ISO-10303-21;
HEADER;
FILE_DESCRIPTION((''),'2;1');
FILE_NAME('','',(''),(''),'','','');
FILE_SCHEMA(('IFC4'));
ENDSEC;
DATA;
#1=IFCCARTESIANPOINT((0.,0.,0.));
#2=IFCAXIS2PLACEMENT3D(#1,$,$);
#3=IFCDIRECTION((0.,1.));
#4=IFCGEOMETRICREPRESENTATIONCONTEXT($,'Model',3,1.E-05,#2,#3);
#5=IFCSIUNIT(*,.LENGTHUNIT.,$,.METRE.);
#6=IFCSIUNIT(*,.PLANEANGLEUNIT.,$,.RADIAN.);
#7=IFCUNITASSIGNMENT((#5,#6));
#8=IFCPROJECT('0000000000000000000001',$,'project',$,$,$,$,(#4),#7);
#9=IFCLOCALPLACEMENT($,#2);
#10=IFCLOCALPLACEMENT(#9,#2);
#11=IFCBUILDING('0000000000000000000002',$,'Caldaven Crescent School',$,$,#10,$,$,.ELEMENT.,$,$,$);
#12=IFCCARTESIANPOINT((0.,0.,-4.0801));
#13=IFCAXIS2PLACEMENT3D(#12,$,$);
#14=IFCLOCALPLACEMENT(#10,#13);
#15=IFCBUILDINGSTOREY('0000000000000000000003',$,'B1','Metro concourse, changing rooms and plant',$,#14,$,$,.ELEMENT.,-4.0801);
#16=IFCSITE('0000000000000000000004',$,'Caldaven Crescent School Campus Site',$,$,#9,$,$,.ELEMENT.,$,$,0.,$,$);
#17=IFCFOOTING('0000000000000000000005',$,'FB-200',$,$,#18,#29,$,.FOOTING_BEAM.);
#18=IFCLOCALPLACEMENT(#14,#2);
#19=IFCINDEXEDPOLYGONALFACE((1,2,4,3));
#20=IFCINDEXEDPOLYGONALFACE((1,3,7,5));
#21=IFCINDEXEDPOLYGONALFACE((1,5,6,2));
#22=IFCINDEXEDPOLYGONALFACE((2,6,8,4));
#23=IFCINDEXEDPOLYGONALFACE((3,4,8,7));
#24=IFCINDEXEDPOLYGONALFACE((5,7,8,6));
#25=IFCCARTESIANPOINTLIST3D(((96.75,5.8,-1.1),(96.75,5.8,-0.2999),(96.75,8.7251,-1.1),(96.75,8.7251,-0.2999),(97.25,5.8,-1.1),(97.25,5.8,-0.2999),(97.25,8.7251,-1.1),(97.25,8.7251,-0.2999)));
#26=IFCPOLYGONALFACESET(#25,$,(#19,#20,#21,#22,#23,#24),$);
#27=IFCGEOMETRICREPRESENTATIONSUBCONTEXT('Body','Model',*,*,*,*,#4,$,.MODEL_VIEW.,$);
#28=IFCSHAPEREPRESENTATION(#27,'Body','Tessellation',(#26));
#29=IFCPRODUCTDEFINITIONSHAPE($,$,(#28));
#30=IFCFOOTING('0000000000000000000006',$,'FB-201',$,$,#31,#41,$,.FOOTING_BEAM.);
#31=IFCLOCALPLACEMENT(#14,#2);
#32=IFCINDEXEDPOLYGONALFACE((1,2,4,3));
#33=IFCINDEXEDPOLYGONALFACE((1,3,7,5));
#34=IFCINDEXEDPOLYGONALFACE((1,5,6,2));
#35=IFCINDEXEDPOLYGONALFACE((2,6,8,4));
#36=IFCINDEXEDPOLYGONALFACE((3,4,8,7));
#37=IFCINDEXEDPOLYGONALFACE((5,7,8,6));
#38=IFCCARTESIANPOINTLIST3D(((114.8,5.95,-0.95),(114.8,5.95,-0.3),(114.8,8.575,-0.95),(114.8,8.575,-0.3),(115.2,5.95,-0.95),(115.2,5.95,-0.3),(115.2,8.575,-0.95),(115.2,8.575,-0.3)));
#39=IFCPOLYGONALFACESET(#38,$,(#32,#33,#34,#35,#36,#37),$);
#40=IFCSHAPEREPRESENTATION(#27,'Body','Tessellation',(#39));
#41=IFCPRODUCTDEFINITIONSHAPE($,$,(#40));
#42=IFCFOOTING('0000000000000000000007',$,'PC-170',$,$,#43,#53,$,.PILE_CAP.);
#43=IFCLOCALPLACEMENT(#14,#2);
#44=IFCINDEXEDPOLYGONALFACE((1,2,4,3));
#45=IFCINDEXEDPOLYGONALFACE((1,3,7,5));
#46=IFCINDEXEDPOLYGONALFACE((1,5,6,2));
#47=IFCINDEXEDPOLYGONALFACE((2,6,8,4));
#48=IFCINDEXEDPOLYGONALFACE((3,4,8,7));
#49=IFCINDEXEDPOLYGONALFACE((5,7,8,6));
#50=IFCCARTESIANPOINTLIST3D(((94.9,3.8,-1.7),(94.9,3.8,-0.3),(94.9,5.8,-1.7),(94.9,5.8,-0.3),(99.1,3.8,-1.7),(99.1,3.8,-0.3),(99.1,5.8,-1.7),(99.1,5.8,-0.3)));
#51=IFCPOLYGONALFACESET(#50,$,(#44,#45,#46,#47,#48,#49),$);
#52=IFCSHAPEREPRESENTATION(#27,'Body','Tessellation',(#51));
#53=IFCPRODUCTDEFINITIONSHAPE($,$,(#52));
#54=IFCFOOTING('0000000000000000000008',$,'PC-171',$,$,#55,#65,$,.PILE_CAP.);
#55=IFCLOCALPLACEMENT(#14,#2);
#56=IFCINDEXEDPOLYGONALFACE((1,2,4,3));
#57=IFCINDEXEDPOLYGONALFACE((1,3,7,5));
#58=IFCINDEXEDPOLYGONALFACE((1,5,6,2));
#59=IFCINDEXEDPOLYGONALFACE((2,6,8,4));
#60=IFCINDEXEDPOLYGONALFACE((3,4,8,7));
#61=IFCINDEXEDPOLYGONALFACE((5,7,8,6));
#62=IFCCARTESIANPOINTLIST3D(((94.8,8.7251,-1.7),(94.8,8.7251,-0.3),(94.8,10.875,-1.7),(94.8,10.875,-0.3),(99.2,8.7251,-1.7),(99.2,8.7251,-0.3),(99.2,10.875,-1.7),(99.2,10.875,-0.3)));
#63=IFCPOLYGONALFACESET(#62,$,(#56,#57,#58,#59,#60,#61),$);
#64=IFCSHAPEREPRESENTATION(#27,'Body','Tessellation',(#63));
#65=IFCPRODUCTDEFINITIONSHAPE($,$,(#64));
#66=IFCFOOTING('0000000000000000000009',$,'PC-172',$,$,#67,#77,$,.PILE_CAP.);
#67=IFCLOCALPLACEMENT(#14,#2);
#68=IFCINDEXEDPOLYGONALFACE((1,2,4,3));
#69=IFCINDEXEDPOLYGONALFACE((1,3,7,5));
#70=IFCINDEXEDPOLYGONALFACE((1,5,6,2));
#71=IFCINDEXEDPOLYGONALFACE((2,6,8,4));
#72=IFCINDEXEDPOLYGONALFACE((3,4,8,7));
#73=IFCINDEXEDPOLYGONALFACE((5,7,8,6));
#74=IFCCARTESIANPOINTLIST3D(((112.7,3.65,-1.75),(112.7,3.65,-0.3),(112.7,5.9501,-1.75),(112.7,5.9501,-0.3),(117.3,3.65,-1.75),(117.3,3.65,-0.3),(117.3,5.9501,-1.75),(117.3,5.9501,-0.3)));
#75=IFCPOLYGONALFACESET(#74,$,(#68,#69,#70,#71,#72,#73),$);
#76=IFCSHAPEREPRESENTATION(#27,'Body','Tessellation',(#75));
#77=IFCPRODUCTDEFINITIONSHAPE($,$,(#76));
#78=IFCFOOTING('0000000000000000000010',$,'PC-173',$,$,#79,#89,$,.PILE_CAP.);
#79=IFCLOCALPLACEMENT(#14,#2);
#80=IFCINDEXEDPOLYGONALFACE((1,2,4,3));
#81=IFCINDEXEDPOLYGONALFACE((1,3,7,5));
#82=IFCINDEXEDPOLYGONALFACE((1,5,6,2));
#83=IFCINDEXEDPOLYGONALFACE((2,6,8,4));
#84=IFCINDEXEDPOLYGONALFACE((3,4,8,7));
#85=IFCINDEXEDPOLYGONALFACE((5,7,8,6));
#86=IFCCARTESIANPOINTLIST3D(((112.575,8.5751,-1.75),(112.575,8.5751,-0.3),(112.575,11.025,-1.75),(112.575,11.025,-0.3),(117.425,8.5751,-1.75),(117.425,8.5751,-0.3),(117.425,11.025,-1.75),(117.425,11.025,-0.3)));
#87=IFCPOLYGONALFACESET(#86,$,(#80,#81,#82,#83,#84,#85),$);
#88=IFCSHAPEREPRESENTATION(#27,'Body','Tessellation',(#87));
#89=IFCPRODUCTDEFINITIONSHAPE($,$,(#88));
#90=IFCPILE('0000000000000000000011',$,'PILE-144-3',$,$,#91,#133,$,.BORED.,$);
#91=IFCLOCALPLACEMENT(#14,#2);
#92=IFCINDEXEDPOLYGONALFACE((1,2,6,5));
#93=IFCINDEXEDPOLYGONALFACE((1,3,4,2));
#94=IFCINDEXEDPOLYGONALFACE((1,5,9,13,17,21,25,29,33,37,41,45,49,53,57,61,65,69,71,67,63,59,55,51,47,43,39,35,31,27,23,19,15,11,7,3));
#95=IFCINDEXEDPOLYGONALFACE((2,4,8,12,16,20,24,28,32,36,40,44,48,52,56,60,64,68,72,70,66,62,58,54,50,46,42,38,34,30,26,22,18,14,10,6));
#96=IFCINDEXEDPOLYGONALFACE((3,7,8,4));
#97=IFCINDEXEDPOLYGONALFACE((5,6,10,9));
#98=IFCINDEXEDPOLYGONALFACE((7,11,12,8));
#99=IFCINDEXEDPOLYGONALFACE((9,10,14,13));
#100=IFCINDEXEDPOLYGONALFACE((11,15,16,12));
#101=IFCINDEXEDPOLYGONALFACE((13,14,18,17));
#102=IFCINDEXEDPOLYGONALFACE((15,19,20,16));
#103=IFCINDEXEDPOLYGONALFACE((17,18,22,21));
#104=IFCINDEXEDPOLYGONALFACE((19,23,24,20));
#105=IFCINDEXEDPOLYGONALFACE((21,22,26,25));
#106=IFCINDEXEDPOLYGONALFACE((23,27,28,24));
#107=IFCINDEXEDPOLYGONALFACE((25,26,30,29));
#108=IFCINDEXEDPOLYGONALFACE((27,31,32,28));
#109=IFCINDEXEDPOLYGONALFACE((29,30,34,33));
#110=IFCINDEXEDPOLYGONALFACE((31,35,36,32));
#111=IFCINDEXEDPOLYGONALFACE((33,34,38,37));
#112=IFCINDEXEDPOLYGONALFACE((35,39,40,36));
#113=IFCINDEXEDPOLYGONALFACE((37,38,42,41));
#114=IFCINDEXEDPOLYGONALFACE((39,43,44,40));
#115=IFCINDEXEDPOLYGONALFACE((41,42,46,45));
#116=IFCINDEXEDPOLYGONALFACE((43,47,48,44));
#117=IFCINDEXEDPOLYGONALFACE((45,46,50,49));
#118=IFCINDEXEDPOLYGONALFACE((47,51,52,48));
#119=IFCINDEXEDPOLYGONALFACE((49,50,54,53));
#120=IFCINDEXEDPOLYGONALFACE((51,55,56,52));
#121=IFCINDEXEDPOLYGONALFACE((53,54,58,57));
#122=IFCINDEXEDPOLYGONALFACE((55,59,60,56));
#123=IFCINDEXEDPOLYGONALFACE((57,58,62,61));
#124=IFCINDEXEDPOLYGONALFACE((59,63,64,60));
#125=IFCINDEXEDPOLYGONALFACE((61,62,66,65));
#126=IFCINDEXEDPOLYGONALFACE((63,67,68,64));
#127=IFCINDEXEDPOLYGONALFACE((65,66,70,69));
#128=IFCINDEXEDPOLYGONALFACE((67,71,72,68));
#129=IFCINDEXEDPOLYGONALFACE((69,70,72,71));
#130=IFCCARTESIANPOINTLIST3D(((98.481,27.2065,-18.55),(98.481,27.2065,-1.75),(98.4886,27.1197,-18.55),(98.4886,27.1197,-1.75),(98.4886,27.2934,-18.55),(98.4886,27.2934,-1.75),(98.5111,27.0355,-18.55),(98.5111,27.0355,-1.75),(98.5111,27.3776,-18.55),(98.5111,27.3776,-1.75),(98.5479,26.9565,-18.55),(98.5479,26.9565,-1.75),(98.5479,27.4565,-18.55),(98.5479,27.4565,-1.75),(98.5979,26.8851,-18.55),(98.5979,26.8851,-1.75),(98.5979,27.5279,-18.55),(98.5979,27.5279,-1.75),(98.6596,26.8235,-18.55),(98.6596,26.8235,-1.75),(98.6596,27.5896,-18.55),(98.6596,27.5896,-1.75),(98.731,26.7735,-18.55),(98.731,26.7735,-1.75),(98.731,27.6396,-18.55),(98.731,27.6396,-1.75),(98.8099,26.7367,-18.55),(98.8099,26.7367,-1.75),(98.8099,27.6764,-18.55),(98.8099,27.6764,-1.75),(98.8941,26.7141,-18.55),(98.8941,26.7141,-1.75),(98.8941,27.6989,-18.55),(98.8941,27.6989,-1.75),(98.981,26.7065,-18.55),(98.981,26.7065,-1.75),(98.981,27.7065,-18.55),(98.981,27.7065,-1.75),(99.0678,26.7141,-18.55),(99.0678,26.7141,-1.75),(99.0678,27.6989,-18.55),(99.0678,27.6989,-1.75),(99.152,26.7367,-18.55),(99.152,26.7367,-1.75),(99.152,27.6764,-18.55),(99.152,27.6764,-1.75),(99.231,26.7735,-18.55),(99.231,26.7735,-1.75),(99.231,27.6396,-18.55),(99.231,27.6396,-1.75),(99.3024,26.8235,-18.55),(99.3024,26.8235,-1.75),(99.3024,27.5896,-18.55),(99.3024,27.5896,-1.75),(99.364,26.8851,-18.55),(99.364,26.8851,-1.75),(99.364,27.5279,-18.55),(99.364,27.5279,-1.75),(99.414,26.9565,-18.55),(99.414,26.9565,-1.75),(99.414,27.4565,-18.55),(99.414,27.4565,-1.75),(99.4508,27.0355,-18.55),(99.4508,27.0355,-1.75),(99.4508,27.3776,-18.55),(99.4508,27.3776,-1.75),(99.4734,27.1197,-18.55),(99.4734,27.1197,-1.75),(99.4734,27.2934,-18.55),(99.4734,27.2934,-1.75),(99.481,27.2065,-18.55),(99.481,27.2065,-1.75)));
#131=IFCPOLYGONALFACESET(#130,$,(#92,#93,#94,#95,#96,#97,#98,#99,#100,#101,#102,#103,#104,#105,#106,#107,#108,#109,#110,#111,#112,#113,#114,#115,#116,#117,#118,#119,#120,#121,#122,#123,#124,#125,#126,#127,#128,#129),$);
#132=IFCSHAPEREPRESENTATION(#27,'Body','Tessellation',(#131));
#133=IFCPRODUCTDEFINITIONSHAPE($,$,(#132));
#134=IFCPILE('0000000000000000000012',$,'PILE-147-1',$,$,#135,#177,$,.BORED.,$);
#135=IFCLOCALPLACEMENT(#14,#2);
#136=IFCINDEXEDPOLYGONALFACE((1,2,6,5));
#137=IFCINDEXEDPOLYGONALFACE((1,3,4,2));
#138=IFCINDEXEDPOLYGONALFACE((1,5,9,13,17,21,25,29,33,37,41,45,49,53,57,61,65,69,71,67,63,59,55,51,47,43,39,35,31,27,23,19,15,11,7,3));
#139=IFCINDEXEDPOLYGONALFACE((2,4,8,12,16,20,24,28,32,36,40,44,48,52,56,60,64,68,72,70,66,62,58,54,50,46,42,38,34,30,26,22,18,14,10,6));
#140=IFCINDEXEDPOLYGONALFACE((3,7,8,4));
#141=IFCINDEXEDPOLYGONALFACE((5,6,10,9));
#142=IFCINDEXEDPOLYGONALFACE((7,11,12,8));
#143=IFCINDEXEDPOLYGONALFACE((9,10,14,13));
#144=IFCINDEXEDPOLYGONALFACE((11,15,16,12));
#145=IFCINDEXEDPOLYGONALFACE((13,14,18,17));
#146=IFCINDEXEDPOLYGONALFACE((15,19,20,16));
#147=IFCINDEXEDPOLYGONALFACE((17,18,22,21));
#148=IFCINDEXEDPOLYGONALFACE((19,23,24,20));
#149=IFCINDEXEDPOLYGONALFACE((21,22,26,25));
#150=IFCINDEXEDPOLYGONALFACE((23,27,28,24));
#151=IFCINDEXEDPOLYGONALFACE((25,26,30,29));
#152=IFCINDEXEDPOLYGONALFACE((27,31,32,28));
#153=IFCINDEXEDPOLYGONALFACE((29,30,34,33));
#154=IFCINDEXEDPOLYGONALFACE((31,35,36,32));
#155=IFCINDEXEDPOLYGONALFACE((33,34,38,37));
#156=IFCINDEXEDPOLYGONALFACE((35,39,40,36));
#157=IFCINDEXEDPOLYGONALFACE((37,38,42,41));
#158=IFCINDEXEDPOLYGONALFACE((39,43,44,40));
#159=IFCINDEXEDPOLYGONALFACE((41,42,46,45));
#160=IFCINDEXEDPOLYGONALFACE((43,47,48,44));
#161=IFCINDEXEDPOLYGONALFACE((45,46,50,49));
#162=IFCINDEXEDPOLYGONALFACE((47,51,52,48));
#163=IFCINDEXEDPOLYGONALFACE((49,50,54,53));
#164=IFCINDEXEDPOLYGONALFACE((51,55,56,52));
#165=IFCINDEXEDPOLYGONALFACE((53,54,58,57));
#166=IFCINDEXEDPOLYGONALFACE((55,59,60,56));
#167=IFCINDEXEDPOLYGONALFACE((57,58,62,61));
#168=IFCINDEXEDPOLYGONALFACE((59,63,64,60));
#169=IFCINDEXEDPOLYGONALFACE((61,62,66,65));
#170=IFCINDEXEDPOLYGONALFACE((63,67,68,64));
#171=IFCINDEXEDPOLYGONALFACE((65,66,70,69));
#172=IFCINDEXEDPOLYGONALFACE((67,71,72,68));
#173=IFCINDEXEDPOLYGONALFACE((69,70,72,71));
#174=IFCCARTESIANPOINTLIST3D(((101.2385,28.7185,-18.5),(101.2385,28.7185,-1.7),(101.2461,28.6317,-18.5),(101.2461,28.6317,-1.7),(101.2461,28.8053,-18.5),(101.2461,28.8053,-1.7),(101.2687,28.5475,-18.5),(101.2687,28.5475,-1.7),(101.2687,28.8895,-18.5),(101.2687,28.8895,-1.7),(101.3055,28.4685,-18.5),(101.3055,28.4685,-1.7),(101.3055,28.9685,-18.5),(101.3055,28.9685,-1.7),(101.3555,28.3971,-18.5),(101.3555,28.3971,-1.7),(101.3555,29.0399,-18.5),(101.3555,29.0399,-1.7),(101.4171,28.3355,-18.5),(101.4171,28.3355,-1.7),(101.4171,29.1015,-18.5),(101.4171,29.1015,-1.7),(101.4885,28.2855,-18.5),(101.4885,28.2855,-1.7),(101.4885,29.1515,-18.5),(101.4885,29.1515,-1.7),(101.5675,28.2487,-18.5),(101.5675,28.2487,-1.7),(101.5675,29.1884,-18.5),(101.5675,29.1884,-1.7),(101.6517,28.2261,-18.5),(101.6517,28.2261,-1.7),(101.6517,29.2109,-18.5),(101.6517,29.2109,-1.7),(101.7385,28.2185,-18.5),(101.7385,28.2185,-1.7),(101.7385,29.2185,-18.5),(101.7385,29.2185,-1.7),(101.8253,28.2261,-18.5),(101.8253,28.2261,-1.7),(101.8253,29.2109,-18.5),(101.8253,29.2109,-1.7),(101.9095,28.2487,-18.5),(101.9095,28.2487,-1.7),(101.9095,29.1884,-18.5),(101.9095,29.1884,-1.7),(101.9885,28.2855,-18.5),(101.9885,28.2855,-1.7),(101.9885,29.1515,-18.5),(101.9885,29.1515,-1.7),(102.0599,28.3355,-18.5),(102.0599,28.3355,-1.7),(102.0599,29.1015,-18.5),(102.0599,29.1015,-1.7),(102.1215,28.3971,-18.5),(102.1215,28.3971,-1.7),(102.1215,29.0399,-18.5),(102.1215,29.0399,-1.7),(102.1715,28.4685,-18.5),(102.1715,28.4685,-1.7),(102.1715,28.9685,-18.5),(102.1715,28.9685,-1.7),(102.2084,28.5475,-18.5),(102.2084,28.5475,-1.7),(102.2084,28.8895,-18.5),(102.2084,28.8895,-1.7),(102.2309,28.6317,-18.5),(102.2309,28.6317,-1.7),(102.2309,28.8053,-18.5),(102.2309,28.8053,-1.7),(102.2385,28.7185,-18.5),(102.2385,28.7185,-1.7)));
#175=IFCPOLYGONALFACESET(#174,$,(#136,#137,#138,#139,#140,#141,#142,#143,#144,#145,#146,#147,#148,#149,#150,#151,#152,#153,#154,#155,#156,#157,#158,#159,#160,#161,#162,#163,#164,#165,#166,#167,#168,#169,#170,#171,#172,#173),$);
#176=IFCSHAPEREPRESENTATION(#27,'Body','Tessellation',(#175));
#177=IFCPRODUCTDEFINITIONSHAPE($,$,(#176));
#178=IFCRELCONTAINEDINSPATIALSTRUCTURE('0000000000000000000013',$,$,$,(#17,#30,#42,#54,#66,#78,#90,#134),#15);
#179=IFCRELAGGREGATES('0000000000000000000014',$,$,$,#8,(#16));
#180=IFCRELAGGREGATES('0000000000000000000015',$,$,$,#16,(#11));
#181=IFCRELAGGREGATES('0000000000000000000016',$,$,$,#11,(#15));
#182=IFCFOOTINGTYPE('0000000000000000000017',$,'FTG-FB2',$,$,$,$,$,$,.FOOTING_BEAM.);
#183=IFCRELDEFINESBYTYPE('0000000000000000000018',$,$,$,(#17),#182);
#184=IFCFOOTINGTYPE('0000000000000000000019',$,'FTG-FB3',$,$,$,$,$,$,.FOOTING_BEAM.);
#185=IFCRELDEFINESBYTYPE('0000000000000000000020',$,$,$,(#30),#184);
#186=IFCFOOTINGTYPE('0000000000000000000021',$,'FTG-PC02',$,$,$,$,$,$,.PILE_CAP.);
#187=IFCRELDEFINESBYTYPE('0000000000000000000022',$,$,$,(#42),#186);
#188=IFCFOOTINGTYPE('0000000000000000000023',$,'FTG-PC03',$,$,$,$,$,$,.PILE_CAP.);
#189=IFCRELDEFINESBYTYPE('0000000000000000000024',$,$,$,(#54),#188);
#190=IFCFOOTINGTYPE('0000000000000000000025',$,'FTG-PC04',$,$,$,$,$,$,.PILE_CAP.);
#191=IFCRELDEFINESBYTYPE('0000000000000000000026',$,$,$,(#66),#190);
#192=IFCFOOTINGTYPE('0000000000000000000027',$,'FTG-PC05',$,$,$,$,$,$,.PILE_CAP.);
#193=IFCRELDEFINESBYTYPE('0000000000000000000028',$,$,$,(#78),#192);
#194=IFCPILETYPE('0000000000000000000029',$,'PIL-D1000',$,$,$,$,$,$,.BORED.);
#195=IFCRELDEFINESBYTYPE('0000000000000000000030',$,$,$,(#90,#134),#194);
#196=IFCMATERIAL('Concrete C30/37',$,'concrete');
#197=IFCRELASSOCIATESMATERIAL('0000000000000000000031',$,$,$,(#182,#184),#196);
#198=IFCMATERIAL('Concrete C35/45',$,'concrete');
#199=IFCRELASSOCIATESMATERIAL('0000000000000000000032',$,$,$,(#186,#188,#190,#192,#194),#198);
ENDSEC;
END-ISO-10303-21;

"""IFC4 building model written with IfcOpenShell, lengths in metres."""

from ifc_helpers import new_model, si_unit, direction, frame, origin, origin_2d, place, context, subcontext, project, spatial, rectangle, circle, extrude, material, material_profile, profile_set, type_object, element, save


model = new_model("IFC4")

# Units and contexts
model_context = context("Model", 3, precision=1e-05, world=origin(), true_north=direction((0.0, 1.0)))
body_context = subcontext(model_context, "Body", "Model", "MODEL_VIEW")
ifc_project = project(units=[si_unit("LENGTHUNIT", "METRE"), si_unit("PLANEANGLEUNIT", "RADIAN")], contexts=[model_context])

# Site, building, storey
site_placement = place(None, origin())
site = spatial("IfcSite", under=ifc_project, at=site_placement, Name="Caldaven Crescent School Campus Site", CompositionType="ELEMENT", RefElevation=0.0)
building_placement = place(site_placement, origin())
building = spatial("IfcBuilding", under=site, at=building_placement, Name="Caldaven Crescent School", CompositionType="ELEMENT")
storey_placement = place(building_placement, frame((0.0, 0.0, -4.0801)))
storey = spatial("IfcBuildingStorey", under=building, at=storey_placement, Name="B1", Description="Metro concourse, changing rooms and plant", CompositionType="ELEMENT", Elevation=-4.0801)

# Footings
ifc_material_1 = material(Name="Concrete C30/37", Category="concrete")
ifc_material_profile_1 = material_profile(ifc_material_1, rectangle(XDim=0.5, YDim=0.8, at=origin_2d()), Name="FB 500x800")
ifc_profile_set_1 = profile_set([ifc_material_profile_1], Name="Concrete C30/37")
footing_type_1 = type_object("IfcFootingType", Name="FTG-FB2", PredefinedType="FOOTING_BEAM", material=ifc_profile_set_1)
footing_1_placement = place(storey_placement, frame((97.0, 5.8, -0.7), z_axis=(0.0, 1.0, 0.0), x_axis=(-1.0, 0.0, 0.0)))
element("IfcFooting", 1, at=footing_1_placement, inside=storey, type_object=footing_type_1, Name="FB-200", PredefinedType="FOOTING_BEAM", context=body_context, shape_type="SweptSolid", body=[
    extrude(rectangle(XDim=0.5, YDim=0.8, at=origin_2d()), origin(), (0.0, 0.0, 1.0), 2.925),
])
ifc_material_profile_2 = material_profile(ifc_material_1, rectangle(XDim=0.3999, YDim=0.6499, at=origin_2d()), Name="FB 400x650")
ifc_profile_set_2 = profile_set([ifc_material_profile_2], Name="Concrete C30/37")
footing_type_2 = type_object("IfcFootingType", Name="FTG-FB3", PredefinedType="FOOTING_BEAM", material=ifc_profile_set_2)
footing_2_placement = place(storey_placement, frame((115.0, 5.95, -0.625), z_axis=(0.0, 1.0, 0.0), x_axis=(-1.0, 0.0, 0.0)))
element("IfcFooting", 2, at=footing_2_placement, inside=storey, type_object=footing_type_2, Name="FB-201", PredefinedType="FOOTING_BEAM", context=body_context, shape_type="SweptSolid", body=[
    extrude(rectangle(XDim=0.3999, YDim=0.6499, at=origin_2d()), origin(), (0.0, 0.0, 1.0), 2.625),
])
ifc_material_2 = material(Name="Concrete C35/45", Category="concrete")
footing_type_3 = type_object("IfcFootingType", Name="FTG-PC02", PredefinedType="PILE_CAP", material=ifc_material_2)
footing_3_placement = place(storey_placement, frame((97.0, 4.8, -1.7), z_axis=(0.0, 0.0, 1.0), x_axis=(1.0, 0.0, 0.0)))
element("IfcFooting", 3, at=footing_3_placement, inside=storey, type_object=footing_type_3, Name="PC-170", PredefinedType="PILE_CAP", context=body_context, shape_type="SweptSolid", body=[
    extrude(rectangle(XDim=4.2, YDim=2.0, at=origin_2d()), origin(), (0.0, 0.0, 1.0), 1.3999),
])
footing_type_4 = type_object("IfcFootingType", Name="FTG-PC03", PredefinedType="PILE_CAP", material=ifc_material_2)
footing_4_placement = place(storey_placement, frame((97.0, 9.8, -1.7), z_axis=(0.0, 0.0, 1.0), x_axis=(1.0, 0.0, 0.0)))
element("IfcFooting", 4, at=footing_4_placement, inside=storey, type_object=footing_type_4, Name="PC-171", PredefinedType="PILE_CAP", context=body_context, shape_type="SweptSolid", body=[
    extrude(rectangle(XDim=4.3999, YDim=2.1499, at=origin_2d()), origin(), (0.0, 0.0, 1.0), 1.3999),
])
footing_type_5 = type_object("IfcFootingType", Name="FTG-PC04", PredefinedType="PILE_CAP", material=ifc_material_2)
footing_5_placement = place(storey_placement, frame((115.0, 4.8, -1.75), z_axis=(0.0, 0.0, 1.0), x_axis=(1.0, 0.0, 0.0)))
element("IfcFooting", 5, at=footing_5_placement, inside=storey, type_object=footing_type_5, Name="PC-172", PredefinedType="PILE_CAP", context=body_context, shape_type="SweptSolid", body=[
    extrude(rectangle(XDim=4.6001, YDim=2.3, at=origin_2d()), origin(), (0.0, 0.0, 1.0), 1.45),
])
footing_type_6 = type_object("IfcFootingType", Name="FTG-PC05", PredefinedType="PILE_CAP", material=ifc_material_2)
footing_6_placement = place(storey_placement, frame((115.0, 9.8, -1.75), z_axis=(0.0, 0.0, 1.0), x_axis=(1.0, 0.0, 0.0)))
element("IfcFooting", 6, at=footing_6_placement, inside=storey, type_object=footing_type_6, Name="PC-173", PredefinedType="PILE_CAP", context=body_context, shape_type="SweptSolid", body=[
    extrude(rectangle(XDim=4.8501, YDim=2.45, at=origin_2d()), origin(), (0.0, 0.0, 1.0), 1.45),
])

# Piles
ifc_material_profile_3 = material_profile(ifc_material_2, circle(Radius=0.5, at=origin_2d()), Name="PILE D1000")
ifc_profile_set_3 = profile_set([ifc_material_profile_3], Name="Concrete C35/45")
pile_type_1 = type_object("IfcPileType", Name="PIL-D1000", PredefinedType="BORED", material=ifc_profile_set_3)
for number, where, z_axis, x_axis, name in (
    (7, (98.981, 27.2065, -1.75), (0.0, 0.0, -1.0), (1.0, 0.0, 0.0), "PILE-144-3"),
    (8, (101.7385, 28.7185, -1.7), (0.0, 0.0, -1.0), (1.0, 0.0, 0.0), "PILE-147-1"),
):
    element("IfcPile", number, at=place(storey_placement, frame(where, z_axis=z_axis, x_axis=x_axis)), inside=storey, type_object=pile_type_1, Name=name, PredefinedType="BORED", context=body_context, shape_type="SweptSolid", body=[
        extrude(circle(Radius=0.5, at=origin_2d()), origin(), (0.0, 0.0, 1.0), 16.8),
    ])

save(model, "model.ifc")
